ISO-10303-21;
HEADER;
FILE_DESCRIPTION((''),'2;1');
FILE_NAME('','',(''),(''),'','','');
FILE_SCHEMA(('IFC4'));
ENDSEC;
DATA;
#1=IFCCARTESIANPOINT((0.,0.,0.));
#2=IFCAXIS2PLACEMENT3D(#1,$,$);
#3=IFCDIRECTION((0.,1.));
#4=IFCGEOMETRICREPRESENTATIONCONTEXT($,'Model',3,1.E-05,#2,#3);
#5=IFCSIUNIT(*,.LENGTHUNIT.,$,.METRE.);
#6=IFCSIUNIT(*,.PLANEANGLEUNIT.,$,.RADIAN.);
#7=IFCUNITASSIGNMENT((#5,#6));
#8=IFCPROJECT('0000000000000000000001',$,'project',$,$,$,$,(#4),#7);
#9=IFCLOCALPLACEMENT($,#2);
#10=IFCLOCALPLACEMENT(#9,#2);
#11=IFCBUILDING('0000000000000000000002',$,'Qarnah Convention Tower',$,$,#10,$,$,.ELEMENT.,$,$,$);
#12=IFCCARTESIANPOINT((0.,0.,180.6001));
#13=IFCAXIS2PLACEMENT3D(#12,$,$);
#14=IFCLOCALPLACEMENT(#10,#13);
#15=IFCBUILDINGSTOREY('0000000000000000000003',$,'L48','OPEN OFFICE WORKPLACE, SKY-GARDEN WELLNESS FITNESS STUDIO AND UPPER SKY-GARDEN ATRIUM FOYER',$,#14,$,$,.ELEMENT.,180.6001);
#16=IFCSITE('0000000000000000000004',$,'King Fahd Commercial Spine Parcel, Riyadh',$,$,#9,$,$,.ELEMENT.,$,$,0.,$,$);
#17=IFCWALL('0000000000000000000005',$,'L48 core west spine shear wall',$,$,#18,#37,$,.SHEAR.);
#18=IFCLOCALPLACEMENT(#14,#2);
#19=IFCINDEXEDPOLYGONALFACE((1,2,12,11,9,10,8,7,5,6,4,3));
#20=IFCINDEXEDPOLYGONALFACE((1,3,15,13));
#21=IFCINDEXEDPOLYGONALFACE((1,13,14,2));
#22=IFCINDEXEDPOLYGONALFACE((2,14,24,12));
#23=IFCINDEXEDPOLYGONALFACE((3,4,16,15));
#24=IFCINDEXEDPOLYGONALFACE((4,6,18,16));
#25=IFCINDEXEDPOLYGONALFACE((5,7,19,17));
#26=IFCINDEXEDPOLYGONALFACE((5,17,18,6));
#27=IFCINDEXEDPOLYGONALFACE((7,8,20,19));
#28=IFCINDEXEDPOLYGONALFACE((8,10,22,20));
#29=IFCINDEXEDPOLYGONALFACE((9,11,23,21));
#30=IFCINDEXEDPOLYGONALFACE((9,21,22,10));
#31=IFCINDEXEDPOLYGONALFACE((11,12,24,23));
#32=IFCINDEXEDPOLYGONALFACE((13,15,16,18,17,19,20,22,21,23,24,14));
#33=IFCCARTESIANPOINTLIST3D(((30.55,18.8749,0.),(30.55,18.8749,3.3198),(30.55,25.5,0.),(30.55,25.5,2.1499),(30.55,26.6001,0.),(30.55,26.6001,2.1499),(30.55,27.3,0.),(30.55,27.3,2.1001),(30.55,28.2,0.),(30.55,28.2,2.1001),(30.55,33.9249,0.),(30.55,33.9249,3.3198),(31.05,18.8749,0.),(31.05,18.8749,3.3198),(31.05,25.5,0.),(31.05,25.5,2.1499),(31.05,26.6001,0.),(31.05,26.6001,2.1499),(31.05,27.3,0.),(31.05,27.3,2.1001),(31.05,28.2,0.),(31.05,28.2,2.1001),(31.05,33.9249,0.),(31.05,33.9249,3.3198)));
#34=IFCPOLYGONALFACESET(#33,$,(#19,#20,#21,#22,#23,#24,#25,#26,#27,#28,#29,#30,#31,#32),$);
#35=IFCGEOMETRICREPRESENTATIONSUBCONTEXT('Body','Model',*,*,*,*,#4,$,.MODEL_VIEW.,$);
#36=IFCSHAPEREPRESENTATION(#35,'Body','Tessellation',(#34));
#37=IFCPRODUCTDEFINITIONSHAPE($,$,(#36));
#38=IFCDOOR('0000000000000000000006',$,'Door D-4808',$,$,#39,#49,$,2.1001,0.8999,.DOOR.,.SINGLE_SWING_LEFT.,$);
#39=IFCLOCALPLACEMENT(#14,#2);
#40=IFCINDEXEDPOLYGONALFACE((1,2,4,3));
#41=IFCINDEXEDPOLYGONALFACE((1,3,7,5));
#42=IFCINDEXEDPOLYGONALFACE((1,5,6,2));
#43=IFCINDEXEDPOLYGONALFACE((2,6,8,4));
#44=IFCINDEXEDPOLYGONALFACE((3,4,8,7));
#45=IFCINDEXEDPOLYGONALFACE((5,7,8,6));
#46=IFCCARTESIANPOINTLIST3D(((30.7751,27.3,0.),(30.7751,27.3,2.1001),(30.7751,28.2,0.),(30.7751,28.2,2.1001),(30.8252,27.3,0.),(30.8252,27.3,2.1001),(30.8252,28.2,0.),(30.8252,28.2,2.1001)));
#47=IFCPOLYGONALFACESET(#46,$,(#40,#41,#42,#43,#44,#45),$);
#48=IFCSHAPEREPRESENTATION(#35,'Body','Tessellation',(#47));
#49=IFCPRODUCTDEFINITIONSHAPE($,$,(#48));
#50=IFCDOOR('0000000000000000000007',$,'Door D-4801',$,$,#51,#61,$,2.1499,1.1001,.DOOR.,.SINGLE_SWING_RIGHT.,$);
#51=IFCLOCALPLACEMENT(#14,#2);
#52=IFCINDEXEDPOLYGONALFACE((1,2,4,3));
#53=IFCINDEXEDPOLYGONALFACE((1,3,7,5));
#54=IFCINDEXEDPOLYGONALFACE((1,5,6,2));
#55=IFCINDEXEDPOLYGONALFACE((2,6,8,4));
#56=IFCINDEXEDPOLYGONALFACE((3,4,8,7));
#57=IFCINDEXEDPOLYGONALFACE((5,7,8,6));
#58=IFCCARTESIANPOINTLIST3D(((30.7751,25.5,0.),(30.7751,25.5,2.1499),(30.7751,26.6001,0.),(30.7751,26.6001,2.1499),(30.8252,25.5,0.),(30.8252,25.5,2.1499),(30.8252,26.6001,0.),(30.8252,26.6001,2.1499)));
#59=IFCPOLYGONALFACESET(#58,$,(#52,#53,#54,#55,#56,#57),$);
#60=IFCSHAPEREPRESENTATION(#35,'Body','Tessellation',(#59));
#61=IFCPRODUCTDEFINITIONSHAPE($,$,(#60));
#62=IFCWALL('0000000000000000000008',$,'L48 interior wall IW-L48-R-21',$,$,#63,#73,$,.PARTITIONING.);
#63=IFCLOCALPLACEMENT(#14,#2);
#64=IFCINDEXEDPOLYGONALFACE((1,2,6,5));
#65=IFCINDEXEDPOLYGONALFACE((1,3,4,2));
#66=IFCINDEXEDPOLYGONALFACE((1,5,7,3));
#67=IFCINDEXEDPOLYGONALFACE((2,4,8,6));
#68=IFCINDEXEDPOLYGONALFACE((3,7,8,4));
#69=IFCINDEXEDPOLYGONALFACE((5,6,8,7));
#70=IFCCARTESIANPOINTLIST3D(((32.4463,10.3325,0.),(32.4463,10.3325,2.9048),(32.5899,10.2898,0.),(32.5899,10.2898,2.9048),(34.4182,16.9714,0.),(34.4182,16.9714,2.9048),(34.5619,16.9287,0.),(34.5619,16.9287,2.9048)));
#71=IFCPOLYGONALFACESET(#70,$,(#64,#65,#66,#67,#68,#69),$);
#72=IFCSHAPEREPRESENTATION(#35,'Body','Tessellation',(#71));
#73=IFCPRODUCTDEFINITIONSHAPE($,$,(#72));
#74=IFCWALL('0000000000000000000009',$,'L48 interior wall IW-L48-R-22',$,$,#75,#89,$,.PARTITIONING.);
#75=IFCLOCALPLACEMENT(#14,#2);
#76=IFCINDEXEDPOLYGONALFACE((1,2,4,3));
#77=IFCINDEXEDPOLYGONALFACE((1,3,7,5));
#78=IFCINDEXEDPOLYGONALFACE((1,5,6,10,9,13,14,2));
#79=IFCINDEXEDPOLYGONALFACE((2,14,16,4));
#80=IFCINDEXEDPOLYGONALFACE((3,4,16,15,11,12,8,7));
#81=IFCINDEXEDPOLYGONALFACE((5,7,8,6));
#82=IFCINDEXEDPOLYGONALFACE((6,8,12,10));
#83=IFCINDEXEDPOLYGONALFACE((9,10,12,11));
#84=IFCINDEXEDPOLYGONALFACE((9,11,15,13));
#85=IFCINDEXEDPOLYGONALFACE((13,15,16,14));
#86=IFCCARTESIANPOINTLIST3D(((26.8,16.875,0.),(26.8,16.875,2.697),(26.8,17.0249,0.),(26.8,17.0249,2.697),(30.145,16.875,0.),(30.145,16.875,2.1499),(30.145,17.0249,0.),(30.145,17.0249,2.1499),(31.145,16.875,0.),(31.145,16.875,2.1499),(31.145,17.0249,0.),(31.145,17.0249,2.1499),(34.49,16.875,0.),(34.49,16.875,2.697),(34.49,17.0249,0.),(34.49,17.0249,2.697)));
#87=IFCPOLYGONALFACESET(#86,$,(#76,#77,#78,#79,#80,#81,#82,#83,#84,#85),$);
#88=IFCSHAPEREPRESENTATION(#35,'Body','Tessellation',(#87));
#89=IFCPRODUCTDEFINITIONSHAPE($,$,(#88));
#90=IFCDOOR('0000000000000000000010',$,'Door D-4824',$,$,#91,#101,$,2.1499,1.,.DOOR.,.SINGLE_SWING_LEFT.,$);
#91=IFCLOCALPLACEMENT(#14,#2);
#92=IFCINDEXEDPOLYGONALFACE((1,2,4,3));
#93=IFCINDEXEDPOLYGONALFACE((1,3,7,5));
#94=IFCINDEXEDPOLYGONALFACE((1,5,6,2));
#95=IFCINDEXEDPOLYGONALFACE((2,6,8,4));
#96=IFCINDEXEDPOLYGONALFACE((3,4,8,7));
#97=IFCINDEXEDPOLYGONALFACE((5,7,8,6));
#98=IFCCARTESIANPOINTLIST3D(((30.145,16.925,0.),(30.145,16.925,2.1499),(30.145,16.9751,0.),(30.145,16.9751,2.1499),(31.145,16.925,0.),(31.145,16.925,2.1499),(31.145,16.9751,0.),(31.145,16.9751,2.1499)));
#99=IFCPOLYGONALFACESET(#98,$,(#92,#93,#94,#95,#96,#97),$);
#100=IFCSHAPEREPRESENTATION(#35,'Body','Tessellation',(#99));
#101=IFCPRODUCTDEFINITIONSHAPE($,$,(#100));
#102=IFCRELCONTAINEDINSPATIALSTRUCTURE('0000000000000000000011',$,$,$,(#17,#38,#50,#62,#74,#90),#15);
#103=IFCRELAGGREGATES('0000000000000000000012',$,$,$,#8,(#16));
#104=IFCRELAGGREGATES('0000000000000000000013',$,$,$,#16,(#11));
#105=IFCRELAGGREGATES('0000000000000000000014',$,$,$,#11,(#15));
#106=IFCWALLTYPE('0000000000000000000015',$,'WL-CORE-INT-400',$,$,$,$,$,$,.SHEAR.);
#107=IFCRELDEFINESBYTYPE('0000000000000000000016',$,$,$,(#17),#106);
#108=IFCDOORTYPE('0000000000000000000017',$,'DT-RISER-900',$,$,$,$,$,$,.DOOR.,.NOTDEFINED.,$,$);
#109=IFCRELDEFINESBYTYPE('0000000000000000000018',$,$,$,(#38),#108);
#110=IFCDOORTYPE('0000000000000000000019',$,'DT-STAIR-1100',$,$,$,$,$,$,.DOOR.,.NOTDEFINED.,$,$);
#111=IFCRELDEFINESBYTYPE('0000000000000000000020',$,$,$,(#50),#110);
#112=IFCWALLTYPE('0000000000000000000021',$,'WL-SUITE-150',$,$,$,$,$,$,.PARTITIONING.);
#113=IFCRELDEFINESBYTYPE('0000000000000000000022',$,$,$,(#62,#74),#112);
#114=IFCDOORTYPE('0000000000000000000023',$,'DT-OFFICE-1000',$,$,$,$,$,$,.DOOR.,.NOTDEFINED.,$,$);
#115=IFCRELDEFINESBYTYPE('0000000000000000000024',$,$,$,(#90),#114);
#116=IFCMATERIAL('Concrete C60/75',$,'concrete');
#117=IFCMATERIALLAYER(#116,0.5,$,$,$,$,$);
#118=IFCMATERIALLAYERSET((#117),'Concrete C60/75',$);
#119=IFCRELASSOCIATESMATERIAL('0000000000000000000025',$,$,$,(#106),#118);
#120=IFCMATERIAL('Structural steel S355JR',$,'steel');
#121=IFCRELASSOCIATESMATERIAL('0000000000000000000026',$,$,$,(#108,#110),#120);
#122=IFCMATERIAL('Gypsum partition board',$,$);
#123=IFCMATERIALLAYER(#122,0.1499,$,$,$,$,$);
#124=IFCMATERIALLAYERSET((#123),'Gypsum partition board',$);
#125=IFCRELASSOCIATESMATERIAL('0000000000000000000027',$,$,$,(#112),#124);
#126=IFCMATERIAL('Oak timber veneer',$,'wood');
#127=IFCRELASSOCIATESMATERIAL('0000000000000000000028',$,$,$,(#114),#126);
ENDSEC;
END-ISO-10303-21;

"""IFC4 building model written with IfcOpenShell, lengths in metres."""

from ifc_helpers import new_model, si_unit, direction, frame, frame_2d, origin, place, context, subcontext, project, spatial, rectangle, extrude, material, layer, layer_set, type_object, element, fill, save


model = new_model("IFC4")

# Units and contexts
model_context = context("Model", 3, precision=1e-05, world=origin(), true_north=direction((0.0, 1.0)))
body_context = subcontext(model_context, "Body", "Model", "MODEL_VIEW")
ifc_project = project(units=[si_unit("LENGTHUNIT", "METRE"), si_unit("PLANEANGLEUNIT", "RADIAN")], contexts=[model_context])

# Site, building, storey
site_placement = place(None, origin())
site = spatial("IfcSite", under=ifc_project, at=site_placement, Name="King Fahd Commercial Spine Parcel, Riyadh", CompositionType="ELEMENT", RefElevation=0.0)
building_placement = place(site_placement, origin())
building = spatial("IfcBuilding", under=site, at=building_placement, Name="Qarnah Convention Tower", CompositionType="ELEMENT")
storey_placement = place(building_placement, frame((0.0, 0.0, 180.6001)))
storey = spatial("IfcBuildingStorey", under=building, at=storey_placement, Name="L48", Description="OPEN OFFICE WORKPLACE, SKY-GARDEN WELLNESS FITNESS STUDIO AND UPPER SKY-GARDEN ATRIUM FOYER", CompositionType="ELEMENT", Elevation=180.6001)

# Shared definitions
ifc_material_1 = material(Name="Structural steel S355JR", Category="steel")

# Wall, openings, doors
ifc_material_2 = material(Name="Concrete C60/75", Category="concrete")
ifc_layer_1 = layer(ifc_material_2, 0.5)
ifc_layer_set_1 = layer_set([ifc_layer_1], Name="Concrete C60/75")
wall_type_1 = type_object("IfcWallType", Name="WL-CORE-INT-400", PredefinedType="SHEAR", material=ifc_layer_set_1)
wall_1_placement = place(storey_placement, frame((30.8, 18.875, 0.0), z_axis=(0.0, 0.0, 1.0), x_axis=(0.0, 1.0, 0.0)))
wall_1 = element("IfcWall", 1, at=wall_1_placement, inside=storey, type_object=wall_type_1, Name="L48 core west spine shear wall", PredefinedType="SHEAR", context=body_context, shape_type="SweptSolid", body=[
    extrude(rectangle(XDim=15.05, YDim=0.5, at=frame_2d((7.5249, 0.0))), origin(), (0.0, 0.0, 1.0), 3.3198),
])
opening_1_placement = place(wall_1_placement, frame((6.625, 0.0, 0.0)))
opening_1 = element("IfcOpeningElement", 2, at=opening_1_placement, cuts=wall_1, PredefinedType="OPENING", context=body_context, shape_type="SweptSolid", body=[
    extrude(rectangle(XDim=1.1001, YDim=2.1499, at=frame_2d((0.55, 1.075))), frame((0.0, 0.26, 0.0), z_axis=(0.0, -1.0, 0.0), x_axis=(1.0, 0.0, 0.0)), (0.0, 0.0, 1.0), 0.52),
])
opening_2_placement = place(wall_1_placement, frame((8.425, 0.0, 0.0)))
opening_2 = element("IfcOpeningElement", 3, at=opening_2_placement, cuts=wall_1, PredefinedType="OPENING", context=body_context, shape_type="SweptSolid", body=[
    extrude(rectangle(XDim=0.8999, YDim=2.1001, at=frame_2d((0.45, 1.05))), frame((0.0, 0.26, 0.0), z_axis=(0.0, -1.0, 0.0), x_axis=(1.0, 0.0, 0.0)), (0.0, 0.0, 1.0), 0.52),
])
door_type_1 = type_object("IfcDoorType", Name="DT-RISER-900", OperationType="NOTDEFINED", PredefinedType="DOOR", material=ifc_material_1)
door_1_placement = place(opening_2_placement, origin())
door_1 = element("IfcDoor", 4, at=door_1_placement, inside=storey, type_object=door_type_1, Name="Door D-4808", OperationType="SINGLE_SWING_LEFT", OverallHeight=2.1001, OverallWidth=0.8999, PredefinedType="DOOR", context=body_context, shape_type="SweptSolid", body=[
    extrude(rectangle(XDim=0.8999, YDim=2.1001, at=frame_2d((0.45, 1.05))), frame((0.0, 0.0249, 0.0), z_axis=(0.0, -1.0, 0.0), x_axis=(1.0, 0.0, 0.0)), (0.0, 0.0, 1.0), 0.05),
])
fill(opening_2, door_1)
door_type_2 = type_object("IfcDoorType", Name="DT-STAIR-1100", OperationType="NOTDEFINED", PredefinedType="DOOR", material=ifc_material_1)
door_2_placement = place(opening_1_placement, origin())
door_2 = element("IfcDoor", 5, at=door_2_placement, inside=storey, type_object=door_type_2, Name="Door D-4801", OperationType="SINGLE_SWING_RIGHT", OverallHeight=2.1499, OverallWidth=1.1001, PredefinedType="DOOR", context=body_context, shape_type="SweptSolid", body=[
    extrude(rectangle(XDim=1.1001, YDim=2.1499, at=frame_2d((0.55, 1.075))), frame((0.0, 0.0249, 0.0), z_axis=(0.0, -1.0, 0.0), x_axis=(1.0, 0.0, 0.0)), (0.0, 0.0, 1.0), 0.05),
])
fill(opening_1, door_2)

# Wall
ifc_material_3 = material(Name="Gypsum partition board")
ifc_layer_2 = layer(ifc_material_3, 0.1499)
ifc_layer_set_2 = layer_set([ifc_layer_2], Name="Gypsum partition board")
wall_type_2 = type_object("IfcWallType", Name="WL-SUITE-150", PredefinedType="PARTITIONING", material=ifc_layer_set_2)
wall_2_placement = place(storey_placement, frame((32.5181, 10.311, 0.0), z_axis=(0.0, 0.0, 1.0), x_axis=(0.28473, 0.958608, 0.0)))
element("IfcWall", 6, at=wall_2_placement, inside=storey, type_object=wall_type_2, Name="L48 interior wall IW-L48-R-21", PredefinedType="PARTITIONING", context=body_context, shape_type="SweptSolid", body=[
    extrude(rectangle(XDim=6.9255, YDim=0.1499, at=frame_2d((3.4629, 0.0))), origin(), (0.0, 0.0, 1.0), 2.9048),
])

# Wall, opening, door
wall_3_placement = place(storey_placement, frame((34.49, 16.95, 0.0), z_axis=(0.0, 0.0, 1.0), x_axis=(-1.0, 0.0, 0.0)))
wall_3 = element("IfcWall", 7, at=wall_3_placement, inside=storey, type_object=wall_type_2, Name="L48 interior wall IW-L48-R-22", PredefinedType="PARTITIONING", context=body_context, shape_type="SweptSolid", body=[
    extrude(rectangle(XDim=7.6899, YDim=0.1499, at=frame_2d((3.845, 0.0))), origin(), (0.0, 0.0, 1.0), 2.697),
])
opening_3_placement = place(wall_3_placement, frame((3.345, 0.0, 0.0)))
opening_3 = element("IfcOpeningElement", 8, at=opening_3_placement, cuts=wall_3, PredefinedType="OPENING", context=body_context, shape_type="SweptSolid", body=[
    extrude(rectangle(XDim=1.0, YDim=2.1499, at=frame_2d((0.5, 1.075))), frame((0.0, 0.085, 0.0), z_axis=(0.0, -1.0, 0.0), x_axis=(1.0, 0.0, 0.0)), (0.0, 0.0, 1.0), 0.1699),
])
ifc_material_4 = material(Name="Oak timber veneer", Category="wood")
door_type_3 = type_object("IfcDoorType", Name="DT-OFFICE-1000", OperationType="NOTDEFINED", PredefinedType="DOOR", material=ifc_material_4)
door_3_placement = place(opening_3_placement, origin())
door_3 = element("IfcDoor", 9, at=door_3_placement, inside=storey, type_object=door_type_3, Name="Door D-4824", OperationType="SINGLE_SWING_LEFT", OverallHeight=2.1499, OverallWidth=1.0, PredefinedType="DOOR", context=body_context, shape_type="SweptSolid", body=[
    extrude(rectangle(XDim=1.0, YDim=2.1499, at=frame_2d((0.5, 1.075))), frame((0.0, 0.0249, 0.0), z_axis=(0.0, -1.0, 0.0), x_axis=(1.0, 0.0, 0.0)), (0.0, 0.0, 1.0), 0.05),
])
fill(opening_3, door_3)

save(model, "model.ifc")
